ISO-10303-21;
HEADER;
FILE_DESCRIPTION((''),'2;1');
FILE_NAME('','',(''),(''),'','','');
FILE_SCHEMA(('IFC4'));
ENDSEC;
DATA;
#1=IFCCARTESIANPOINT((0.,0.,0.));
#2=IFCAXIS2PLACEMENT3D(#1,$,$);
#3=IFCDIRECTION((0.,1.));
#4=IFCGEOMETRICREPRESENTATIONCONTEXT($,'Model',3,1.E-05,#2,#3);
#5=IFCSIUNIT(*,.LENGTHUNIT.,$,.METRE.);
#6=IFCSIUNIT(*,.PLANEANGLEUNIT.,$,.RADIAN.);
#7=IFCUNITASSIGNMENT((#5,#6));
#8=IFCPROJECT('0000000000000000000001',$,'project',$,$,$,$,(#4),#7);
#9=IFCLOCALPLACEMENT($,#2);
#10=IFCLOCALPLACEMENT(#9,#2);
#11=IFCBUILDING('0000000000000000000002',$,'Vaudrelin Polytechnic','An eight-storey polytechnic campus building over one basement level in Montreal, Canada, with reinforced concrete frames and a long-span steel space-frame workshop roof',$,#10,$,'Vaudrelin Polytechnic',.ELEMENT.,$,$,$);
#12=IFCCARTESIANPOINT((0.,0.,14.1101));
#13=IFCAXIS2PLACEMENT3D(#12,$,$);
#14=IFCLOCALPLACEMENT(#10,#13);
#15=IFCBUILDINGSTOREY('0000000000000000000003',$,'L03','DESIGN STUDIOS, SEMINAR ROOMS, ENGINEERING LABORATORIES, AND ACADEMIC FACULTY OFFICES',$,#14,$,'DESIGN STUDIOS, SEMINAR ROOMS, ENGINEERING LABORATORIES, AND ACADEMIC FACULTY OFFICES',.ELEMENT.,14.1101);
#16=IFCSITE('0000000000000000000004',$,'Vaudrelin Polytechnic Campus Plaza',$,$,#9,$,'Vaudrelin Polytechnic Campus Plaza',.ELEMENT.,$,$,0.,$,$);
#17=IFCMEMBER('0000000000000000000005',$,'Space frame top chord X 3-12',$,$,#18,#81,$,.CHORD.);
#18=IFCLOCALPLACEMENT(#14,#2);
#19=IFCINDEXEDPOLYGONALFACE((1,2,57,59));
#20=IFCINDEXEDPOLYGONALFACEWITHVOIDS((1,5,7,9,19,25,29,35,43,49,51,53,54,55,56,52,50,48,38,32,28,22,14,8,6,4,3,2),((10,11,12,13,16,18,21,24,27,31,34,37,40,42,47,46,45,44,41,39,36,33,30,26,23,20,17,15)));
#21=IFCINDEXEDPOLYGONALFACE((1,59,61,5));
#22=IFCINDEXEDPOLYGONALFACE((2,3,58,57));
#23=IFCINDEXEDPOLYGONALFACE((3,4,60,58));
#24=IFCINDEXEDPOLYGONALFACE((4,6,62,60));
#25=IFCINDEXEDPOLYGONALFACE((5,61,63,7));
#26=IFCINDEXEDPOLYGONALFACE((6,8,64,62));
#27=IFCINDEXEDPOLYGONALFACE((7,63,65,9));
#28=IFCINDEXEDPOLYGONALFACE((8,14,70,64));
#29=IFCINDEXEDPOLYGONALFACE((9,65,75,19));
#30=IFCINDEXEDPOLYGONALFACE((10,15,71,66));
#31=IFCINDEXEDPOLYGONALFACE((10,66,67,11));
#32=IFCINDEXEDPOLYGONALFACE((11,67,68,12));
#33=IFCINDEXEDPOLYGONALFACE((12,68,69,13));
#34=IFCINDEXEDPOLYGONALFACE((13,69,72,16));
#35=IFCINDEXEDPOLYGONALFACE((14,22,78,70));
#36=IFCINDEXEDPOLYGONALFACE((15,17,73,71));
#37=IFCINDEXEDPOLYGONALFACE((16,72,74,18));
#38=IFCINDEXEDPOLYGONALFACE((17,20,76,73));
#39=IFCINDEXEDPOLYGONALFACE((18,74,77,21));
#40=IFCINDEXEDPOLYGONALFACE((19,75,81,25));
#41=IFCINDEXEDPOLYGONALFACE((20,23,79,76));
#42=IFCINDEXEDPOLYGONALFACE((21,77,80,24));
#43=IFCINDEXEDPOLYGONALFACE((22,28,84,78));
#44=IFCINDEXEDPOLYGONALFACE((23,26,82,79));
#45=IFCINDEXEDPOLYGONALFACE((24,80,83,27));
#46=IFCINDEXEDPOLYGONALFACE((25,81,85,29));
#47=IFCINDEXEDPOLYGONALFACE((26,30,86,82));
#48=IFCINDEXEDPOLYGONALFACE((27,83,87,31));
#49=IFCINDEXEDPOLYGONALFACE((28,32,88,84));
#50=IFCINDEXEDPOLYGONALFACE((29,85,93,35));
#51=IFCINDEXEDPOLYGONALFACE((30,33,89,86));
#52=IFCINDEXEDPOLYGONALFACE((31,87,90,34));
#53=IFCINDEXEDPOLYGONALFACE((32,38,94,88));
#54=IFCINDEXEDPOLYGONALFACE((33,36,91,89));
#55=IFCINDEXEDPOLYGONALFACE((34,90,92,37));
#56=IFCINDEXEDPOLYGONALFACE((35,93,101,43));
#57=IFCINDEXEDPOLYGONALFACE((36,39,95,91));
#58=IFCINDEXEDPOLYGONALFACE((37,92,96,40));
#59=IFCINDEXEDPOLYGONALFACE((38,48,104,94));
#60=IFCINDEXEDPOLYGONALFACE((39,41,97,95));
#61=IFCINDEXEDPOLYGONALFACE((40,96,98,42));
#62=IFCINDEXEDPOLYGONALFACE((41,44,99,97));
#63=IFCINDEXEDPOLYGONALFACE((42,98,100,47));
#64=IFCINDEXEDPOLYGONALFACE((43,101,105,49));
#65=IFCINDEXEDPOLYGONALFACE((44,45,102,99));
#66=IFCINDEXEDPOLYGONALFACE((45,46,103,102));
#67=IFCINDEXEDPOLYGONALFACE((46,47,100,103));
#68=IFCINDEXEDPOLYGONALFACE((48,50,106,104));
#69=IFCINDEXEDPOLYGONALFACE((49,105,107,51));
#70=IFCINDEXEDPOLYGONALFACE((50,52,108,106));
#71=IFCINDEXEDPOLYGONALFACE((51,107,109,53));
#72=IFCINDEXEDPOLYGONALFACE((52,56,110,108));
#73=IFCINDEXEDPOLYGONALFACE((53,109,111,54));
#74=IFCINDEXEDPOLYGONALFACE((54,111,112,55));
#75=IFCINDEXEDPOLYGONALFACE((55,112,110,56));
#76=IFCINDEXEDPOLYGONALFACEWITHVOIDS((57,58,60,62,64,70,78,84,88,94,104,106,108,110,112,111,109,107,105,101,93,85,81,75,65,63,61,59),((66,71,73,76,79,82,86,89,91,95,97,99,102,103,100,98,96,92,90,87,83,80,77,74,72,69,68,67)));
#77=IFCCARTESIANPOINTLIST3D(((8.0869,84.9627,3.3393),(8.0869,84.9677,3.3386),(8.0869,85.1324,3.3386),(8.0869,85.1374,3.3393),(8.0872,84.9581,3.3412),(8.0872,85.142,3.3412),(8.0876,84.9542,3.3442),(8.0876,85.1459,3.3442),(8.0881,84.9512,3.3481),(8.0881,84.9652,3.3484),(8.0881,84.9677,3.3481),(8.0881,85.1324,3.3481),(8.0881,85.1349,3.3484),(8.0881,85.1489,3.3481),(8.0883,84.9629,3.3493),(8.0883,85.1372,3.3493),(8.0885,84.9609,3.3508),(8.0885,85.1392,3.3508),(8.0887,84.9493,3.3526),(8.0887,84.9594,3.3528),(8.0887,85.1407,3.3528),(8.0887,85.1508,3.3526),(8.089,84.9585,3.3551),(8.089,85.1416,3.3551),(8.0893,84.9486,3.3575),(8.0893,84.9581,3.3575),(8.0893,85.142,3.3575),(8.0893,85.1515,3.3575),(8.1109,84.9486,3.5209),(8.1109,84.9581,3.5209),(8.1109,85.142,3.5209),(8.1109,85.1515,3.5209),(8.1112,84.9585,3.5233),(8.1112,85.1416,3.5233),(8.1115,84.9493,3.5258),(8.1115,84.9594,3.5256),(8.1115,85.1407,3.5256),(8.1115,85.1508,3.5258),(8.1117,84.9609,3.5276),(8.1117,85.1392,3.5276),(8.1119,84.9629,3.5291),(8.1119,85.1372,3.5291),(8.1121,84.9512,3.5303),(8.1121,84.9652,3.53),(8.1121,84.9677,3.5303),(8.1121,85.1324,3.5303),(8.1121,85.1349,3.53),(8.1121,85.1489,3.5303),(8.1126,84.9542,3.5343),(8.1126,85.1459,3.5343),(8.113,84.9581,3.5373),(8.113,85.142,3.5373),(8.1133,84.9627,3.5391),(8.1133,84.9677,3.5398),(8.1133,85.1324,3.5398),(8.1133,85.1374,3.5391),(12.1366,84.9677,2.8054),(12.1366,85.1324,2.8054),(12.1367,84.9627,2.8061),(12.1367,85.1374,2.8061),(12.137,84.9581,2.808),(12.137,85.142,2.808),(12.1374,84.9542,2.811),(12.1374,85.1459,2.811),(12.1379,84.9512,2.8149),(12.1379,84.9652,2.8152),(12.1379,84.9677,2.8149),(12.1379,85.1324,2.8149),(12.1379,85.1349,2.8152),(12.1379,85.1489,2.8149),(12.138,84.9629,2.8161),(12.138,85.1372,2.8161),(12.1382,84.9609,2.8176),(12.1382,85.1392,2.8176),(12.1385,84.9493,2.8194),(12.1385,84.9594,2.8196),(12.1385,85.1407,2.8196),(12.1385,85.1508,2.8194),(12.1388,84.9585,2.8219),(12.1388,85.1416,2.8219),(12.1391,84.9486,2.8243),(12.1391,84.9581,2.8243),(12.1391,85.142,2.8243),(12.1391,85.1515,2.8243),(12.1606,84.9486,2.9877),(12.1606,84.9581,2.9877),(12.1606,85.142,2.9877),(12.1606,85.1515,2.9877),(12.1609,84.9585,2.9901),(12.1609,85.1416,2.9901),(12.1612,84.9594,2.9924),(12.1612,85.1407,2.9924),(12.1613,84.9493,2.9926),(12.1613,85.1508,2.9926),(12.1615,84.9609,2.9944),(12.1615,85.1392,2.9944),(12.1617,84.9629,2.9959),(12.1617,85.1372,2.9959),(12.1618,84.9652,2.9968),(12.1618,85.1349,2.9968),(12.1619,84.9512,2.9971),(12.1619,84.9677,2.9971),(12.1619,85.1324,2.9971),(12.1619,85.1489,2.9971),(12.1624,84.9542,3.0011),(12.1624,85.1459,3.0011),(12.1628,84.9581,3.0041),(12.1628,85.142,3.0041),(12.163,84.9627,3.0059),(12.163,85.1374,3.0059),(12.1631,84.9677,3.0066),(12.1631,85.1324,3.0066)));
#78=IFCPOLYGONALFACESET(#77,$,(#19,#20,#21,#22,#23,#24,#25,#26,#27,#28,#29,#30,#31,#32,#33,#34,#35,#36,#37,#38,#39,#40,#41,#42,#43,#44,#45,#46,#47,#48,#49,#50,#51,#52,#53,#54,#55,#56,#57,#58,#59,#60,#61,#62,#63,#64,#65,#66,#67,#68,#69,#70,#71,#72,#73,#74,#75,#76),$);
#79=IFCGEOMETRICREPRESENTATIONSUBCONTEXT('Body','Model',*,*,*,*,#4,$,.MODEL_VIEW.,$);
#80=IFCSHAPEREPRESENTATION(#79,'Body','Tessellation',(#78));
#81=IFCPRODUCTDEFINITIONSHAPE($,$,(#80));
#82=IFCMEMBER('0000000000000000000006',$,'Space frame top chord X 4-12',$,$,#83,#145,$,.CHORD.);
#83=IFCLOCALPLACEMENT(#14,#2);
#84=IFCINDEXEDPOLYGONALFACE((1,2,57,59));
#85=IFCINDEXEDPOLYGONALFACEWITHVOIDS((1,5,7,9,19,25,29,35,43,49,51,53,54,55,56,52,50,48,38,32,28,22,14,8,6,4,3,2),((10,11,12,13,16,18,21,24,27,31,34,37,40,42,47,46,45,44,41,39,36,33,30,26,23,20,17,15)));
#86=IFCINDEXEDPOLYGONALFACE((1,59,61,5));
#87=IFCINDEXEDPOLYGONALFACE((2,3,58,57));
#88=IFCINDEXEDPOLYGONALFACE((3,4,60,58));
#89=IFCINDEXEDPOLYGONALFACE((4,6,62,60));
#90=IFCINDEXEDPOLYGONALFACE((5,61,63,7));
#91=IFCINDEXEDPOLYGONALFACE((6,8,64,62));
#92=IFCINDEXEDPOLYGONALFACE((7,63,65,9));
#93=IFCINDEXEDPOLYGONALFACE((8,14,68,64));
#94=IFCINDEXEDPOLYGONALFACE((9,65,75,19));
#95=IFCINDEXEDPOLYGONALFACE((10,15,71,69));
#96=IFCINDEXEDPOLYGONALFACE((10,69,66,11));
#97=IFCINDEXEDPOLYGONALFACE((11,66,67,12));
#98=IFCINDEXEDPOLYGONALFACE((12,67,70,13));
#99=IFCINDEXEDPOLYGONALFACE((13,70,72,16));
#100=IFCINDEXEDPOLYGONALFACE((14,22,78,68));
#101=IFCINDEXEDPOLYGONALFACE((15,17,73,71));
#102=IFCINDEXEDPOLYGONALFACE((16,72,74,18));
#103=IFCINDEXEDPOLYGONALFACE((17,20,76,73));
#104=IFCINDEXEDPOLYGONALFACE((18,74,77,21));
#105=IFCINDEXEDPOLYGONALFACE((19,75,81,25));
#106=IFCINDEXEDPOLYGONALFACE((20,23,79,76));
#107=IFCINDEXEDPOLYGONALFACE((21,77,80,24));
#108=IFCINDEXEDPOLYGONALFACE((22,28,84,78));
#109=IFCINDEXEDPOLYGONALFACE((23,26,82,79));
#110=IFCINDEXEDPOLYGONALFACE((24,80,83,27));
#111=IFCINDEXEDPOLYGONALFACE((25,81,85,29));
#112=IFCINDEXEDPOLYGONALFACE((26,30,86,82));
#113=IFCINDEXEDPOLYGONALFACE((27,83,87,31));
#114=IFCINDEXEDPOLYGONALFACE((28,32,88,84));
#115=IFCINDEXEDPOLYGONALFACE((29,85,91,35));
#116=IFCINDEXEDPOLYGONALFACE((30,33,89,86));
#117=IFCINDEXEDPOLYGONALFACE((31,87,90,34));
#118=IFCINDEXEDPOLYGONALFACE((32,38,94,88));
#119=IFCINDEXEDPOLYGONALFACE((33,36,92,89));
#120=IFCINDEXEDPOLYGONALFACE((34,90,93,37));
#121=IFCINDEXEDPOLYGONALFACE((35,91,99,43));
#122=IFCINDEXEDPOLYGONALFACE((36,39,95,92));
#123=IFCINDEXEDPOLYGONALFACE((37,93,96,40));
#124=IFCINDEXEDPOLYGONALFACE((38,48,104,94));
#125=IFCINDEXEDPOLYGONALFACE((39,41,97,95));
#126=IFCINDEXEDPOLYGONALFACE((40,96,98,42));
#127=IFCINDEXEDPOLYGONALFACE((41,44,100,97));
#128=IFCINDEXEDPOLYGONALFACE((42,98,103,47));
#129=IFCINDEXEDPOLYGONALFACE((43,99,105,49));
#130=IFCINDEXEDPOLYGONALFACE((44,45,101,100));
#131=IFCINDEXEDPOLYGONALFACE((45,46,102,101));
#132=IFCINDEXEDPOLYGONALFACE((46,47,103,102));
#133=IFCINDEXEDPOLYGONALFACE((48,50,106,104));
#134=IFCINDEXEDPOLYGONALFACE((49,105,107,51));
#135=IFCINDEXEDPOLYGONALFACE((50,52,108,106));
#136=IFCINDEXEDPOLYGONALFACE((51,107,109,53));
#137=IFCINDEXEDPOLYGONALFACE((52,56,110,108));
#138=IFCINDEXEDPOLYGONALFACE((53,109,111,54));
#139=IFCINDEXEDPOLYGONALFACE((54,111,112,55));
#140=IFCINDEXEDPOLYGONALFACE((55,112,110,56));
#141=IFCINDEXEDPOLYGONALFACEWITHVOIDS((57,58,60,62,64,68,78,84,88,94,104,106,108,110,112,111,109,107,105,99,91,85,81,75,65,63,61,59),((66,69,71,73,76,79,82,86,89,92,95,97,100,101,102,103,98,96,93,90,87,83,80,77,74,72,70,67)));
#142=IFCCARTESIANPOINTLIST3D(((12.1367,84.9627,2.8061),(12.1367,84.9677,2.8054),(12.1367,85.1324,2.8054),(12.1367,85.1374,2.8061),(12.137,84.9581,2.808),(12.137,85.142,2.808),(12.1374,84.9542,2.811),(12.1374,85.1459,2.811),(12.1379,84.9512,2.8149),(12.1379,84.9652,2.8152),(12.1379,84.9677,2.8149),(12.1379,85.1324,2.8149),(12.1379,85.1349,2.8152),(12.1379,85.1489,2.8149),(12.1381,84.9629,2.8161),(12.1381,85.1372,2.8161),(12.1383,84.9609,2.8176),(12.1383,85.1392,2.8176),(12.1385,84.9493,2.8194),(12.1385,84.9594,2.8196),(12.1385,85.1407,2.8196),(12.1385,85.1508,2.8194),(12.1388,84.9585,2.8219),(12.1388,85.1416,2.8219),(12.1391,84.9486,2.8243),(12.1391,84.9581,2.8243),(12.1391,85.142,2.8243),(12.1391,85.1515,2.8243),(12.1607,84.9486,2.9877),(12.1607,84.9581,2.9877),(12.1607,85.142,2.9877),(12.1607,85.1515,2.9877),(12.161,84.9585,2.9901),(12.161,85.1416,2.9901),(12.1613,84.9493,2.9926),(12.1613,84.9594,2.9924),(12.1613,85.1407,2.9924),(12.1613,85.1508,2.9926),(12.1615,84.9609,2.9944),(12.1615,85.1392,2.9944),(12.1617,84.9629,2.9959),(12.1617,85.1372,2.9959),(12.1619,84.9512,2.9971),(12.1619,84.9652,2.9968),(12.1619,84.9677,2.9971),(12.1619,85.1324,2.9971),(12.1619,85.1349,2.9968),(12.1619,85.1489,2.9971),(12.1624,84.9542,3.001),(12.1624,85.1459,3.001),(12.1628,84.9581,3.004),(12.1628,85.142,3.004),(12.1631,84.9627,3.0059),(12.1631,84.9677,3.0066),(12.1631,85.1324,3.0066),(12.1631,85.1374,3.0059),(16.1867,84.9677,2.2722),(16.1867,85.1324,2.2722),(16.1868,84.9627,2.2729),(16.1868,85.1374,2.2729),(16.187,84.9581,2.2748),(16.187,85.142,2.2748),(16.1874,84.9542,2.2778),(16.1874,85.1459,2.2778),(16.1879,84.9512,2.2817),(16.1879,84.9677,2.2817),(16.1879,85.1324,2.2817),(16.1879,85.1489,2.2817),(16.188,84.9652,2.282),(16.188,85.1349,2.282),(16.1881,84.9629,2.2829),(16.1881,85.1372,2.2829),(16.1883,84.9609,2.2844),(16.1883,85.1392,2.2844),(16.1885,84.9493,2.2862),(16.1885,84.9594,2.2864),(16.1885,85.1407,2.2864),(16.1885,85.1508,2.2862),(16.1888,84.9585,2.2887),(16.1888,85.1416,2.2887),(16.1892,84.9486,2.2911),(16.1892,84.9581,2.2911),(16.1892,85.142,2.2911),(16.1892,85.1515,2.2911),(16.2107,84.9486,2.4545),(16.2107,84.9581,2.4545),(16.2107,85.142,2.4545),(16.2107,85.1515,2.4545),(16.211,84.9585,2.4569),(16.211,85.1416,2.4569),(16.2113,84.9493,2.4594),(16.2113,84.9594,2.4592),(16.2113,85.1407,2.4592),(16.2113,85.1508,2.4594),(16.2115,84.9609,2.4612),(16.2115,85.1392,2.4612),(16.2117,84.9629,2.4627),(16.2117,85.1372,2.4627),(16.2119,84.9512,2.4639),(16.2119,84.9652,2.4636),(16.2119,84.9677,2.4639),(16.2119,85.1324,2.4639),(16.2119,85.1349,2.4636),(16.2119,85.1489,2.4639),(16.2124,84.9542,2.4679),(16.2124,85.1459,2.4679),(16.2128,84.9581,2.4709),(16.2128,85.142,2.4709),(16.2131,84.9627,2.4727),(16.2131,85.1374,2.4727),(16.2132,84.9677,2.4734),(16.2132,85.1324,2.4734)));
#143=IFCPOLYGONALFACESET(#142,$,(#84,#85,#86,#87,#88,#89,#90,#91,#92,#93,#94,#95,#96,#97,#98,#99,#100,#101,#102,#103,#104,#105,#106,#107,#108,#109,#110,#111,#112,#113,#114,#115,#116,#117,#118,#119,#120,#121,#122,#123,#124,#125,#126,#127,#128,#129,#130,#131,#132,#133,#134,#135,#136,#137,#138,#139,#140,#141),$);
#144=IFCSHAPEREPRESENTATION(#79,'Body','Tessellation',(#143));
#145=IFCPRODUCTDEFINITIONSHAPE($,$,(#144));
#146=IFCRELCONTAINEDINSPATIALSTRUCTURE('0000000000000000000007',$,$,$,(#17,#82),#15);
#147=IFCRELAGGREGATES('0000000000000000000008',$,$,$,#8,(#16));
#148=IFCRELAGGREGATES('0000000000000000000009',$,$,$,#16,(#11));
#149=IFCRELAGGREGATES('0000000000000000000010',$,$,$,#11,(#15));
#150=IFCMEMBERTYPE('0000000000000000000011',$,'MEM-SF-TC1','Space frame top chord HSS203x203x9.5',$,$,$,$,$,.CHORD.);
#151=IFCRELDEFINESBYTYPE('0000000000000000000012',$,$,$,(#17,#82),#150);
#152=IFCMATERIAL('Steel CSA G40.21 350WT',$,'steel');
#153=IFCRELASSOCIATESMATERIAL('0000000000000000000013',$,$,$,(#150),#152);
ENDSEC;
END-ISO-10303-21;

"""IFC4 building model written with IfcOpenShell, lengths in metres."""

from ifc_helpers import new_model, si_unit, direction, frame, origin, origin_2d, place, context, subcontext, project, spatial, hollow_rectangle, extrude, material, material_profile, profile_set, type_object, element, save


model = new_model("IFC4")

# Units and contexts
model_context = context("Model", 3, precision=1e-05, world=origin(), true_north=direction((0.0, 1.0)))
body_context = subcontext(model_context, "Body", "Model", "MODEL_VIEW")
ifc_project = project(units=[si_unit("LENGTHUNIT", "METRE"), si_unit("PLANEANGLEUNIT", "RADIAN")], contexts=[model_context])

# Site, building, storey
site_placement = place(None, origin())
site = spatial("IfcSite", under=ifc_project, at=site_placement, Name="Vaudrelin Polytechnic Campus Plaza", LongName="Vaudrelin Polytechnic Campus Plaza", CompositionType="ELEMENT", RefElevation=0.0)
building_placement = place(site_placement, origin())
building = spatial("IfcBuilding", under=site, at=building_placement, Name="Vaudrelin Polytechnic", Description="An eight-storey polytechnic campus building over one basement level in Montreal, Canada, with reinforced concrete frames and a long-span steel space-frame workshop roof", LongName="Vaudrelin Polytechnic", CompositionType="ELEMENT")
storey_placement = place(building_placement, frame((0.0, 0.0, 14.1101)))
storey = spatial("IfcBuildingStorey", under=building, at=storey_placement, Name="L03", Description="DESIGN STUDIOS, SEMINAR ROOMS, ENGINEERING LABORATORIES, AND ACADEMIC FACULTY OFFICES", LongName="DESIGN STUDIOS, SEMINAR ROOMS, ENGINEERING LABORATORIES, AND ACADEMIC FACULTY OFFICES", CompositionType="ELEMENT", Elevation=14.1101)

# Members
ifc_material = material(Name="Steel CSA G40.21 350WT", Category="steel")
ifc_material_profile_1 = material_profile(ifc_material, hollow_rectangle(XDim=0.2029, YDim=0.2029, WallThickness=0.0095, InnerFilletRadius=0.0095, OuterFilletRadius=0.019, at=origin_2d()), Name="HSS203x203x9.5")
ifc_profile_set_1 = profile_set([ifc_material_profile_1], Name="Steel CSA G40.21 350WT")
member_type_1 = type_object("IfcMemberType", Name="MEM-SF-TC1", Description="Space frame top chord HSS203x203x9.5", PredefinedType="CHORD", material=ifc_profile_set_1)
member_1_placement = place(storey_placement, frame((8.1001, 85.05, 3.4392), z_axis=(0.991444, 0.0, -0.130535), x_axis=(0.0, 1.0, 0.0)))
element("IfcMember", 1, at=member_1_placement, inside=storey, type_object=member_type_1, Name="Space frame top chord X 3-12", PredefinedType="CHORD", context=body_context, shape_type="SweptSolid", body=[
    extrude(hollow_rectangle(XDim=0.2029, YDim=0.2029, WallThickness=0.0095, InnerFilletRadius=0.0095, OuterFilletRadius=0.019, at=origin_2d()), origin(), (0.0, 0.0, 1.0), 4.0847),
])
for number, where, z_axis, x_axis, name in (
    (2, (12.1499, 85.05, 2.906), (0.991445, 0.0, -0.130527), (0.0, 1.0, 0.0), "Space frame top chord X 4-12"),
):
    element("IfcMember", number, at=place(storey_placement, frame(where, z_axis=z_axis, x_axis=x_axis)), inside=storey, type_object=member_type_1, Name=name, PredefinedType="CHORD", context=body_context, shape_type="SweptSolid", body=[
        extrude(hollow_rectangle(XDim=0.2029, YDim=0.2029, WallThickness=0.0095, InnerFilletRadius=0.0095, OuterFilletRadius=0.019, at=origin_2d()), origin(), (0.0, 0.0, 1.0), 4.085),
    ])

save(model, "model.ifc")
